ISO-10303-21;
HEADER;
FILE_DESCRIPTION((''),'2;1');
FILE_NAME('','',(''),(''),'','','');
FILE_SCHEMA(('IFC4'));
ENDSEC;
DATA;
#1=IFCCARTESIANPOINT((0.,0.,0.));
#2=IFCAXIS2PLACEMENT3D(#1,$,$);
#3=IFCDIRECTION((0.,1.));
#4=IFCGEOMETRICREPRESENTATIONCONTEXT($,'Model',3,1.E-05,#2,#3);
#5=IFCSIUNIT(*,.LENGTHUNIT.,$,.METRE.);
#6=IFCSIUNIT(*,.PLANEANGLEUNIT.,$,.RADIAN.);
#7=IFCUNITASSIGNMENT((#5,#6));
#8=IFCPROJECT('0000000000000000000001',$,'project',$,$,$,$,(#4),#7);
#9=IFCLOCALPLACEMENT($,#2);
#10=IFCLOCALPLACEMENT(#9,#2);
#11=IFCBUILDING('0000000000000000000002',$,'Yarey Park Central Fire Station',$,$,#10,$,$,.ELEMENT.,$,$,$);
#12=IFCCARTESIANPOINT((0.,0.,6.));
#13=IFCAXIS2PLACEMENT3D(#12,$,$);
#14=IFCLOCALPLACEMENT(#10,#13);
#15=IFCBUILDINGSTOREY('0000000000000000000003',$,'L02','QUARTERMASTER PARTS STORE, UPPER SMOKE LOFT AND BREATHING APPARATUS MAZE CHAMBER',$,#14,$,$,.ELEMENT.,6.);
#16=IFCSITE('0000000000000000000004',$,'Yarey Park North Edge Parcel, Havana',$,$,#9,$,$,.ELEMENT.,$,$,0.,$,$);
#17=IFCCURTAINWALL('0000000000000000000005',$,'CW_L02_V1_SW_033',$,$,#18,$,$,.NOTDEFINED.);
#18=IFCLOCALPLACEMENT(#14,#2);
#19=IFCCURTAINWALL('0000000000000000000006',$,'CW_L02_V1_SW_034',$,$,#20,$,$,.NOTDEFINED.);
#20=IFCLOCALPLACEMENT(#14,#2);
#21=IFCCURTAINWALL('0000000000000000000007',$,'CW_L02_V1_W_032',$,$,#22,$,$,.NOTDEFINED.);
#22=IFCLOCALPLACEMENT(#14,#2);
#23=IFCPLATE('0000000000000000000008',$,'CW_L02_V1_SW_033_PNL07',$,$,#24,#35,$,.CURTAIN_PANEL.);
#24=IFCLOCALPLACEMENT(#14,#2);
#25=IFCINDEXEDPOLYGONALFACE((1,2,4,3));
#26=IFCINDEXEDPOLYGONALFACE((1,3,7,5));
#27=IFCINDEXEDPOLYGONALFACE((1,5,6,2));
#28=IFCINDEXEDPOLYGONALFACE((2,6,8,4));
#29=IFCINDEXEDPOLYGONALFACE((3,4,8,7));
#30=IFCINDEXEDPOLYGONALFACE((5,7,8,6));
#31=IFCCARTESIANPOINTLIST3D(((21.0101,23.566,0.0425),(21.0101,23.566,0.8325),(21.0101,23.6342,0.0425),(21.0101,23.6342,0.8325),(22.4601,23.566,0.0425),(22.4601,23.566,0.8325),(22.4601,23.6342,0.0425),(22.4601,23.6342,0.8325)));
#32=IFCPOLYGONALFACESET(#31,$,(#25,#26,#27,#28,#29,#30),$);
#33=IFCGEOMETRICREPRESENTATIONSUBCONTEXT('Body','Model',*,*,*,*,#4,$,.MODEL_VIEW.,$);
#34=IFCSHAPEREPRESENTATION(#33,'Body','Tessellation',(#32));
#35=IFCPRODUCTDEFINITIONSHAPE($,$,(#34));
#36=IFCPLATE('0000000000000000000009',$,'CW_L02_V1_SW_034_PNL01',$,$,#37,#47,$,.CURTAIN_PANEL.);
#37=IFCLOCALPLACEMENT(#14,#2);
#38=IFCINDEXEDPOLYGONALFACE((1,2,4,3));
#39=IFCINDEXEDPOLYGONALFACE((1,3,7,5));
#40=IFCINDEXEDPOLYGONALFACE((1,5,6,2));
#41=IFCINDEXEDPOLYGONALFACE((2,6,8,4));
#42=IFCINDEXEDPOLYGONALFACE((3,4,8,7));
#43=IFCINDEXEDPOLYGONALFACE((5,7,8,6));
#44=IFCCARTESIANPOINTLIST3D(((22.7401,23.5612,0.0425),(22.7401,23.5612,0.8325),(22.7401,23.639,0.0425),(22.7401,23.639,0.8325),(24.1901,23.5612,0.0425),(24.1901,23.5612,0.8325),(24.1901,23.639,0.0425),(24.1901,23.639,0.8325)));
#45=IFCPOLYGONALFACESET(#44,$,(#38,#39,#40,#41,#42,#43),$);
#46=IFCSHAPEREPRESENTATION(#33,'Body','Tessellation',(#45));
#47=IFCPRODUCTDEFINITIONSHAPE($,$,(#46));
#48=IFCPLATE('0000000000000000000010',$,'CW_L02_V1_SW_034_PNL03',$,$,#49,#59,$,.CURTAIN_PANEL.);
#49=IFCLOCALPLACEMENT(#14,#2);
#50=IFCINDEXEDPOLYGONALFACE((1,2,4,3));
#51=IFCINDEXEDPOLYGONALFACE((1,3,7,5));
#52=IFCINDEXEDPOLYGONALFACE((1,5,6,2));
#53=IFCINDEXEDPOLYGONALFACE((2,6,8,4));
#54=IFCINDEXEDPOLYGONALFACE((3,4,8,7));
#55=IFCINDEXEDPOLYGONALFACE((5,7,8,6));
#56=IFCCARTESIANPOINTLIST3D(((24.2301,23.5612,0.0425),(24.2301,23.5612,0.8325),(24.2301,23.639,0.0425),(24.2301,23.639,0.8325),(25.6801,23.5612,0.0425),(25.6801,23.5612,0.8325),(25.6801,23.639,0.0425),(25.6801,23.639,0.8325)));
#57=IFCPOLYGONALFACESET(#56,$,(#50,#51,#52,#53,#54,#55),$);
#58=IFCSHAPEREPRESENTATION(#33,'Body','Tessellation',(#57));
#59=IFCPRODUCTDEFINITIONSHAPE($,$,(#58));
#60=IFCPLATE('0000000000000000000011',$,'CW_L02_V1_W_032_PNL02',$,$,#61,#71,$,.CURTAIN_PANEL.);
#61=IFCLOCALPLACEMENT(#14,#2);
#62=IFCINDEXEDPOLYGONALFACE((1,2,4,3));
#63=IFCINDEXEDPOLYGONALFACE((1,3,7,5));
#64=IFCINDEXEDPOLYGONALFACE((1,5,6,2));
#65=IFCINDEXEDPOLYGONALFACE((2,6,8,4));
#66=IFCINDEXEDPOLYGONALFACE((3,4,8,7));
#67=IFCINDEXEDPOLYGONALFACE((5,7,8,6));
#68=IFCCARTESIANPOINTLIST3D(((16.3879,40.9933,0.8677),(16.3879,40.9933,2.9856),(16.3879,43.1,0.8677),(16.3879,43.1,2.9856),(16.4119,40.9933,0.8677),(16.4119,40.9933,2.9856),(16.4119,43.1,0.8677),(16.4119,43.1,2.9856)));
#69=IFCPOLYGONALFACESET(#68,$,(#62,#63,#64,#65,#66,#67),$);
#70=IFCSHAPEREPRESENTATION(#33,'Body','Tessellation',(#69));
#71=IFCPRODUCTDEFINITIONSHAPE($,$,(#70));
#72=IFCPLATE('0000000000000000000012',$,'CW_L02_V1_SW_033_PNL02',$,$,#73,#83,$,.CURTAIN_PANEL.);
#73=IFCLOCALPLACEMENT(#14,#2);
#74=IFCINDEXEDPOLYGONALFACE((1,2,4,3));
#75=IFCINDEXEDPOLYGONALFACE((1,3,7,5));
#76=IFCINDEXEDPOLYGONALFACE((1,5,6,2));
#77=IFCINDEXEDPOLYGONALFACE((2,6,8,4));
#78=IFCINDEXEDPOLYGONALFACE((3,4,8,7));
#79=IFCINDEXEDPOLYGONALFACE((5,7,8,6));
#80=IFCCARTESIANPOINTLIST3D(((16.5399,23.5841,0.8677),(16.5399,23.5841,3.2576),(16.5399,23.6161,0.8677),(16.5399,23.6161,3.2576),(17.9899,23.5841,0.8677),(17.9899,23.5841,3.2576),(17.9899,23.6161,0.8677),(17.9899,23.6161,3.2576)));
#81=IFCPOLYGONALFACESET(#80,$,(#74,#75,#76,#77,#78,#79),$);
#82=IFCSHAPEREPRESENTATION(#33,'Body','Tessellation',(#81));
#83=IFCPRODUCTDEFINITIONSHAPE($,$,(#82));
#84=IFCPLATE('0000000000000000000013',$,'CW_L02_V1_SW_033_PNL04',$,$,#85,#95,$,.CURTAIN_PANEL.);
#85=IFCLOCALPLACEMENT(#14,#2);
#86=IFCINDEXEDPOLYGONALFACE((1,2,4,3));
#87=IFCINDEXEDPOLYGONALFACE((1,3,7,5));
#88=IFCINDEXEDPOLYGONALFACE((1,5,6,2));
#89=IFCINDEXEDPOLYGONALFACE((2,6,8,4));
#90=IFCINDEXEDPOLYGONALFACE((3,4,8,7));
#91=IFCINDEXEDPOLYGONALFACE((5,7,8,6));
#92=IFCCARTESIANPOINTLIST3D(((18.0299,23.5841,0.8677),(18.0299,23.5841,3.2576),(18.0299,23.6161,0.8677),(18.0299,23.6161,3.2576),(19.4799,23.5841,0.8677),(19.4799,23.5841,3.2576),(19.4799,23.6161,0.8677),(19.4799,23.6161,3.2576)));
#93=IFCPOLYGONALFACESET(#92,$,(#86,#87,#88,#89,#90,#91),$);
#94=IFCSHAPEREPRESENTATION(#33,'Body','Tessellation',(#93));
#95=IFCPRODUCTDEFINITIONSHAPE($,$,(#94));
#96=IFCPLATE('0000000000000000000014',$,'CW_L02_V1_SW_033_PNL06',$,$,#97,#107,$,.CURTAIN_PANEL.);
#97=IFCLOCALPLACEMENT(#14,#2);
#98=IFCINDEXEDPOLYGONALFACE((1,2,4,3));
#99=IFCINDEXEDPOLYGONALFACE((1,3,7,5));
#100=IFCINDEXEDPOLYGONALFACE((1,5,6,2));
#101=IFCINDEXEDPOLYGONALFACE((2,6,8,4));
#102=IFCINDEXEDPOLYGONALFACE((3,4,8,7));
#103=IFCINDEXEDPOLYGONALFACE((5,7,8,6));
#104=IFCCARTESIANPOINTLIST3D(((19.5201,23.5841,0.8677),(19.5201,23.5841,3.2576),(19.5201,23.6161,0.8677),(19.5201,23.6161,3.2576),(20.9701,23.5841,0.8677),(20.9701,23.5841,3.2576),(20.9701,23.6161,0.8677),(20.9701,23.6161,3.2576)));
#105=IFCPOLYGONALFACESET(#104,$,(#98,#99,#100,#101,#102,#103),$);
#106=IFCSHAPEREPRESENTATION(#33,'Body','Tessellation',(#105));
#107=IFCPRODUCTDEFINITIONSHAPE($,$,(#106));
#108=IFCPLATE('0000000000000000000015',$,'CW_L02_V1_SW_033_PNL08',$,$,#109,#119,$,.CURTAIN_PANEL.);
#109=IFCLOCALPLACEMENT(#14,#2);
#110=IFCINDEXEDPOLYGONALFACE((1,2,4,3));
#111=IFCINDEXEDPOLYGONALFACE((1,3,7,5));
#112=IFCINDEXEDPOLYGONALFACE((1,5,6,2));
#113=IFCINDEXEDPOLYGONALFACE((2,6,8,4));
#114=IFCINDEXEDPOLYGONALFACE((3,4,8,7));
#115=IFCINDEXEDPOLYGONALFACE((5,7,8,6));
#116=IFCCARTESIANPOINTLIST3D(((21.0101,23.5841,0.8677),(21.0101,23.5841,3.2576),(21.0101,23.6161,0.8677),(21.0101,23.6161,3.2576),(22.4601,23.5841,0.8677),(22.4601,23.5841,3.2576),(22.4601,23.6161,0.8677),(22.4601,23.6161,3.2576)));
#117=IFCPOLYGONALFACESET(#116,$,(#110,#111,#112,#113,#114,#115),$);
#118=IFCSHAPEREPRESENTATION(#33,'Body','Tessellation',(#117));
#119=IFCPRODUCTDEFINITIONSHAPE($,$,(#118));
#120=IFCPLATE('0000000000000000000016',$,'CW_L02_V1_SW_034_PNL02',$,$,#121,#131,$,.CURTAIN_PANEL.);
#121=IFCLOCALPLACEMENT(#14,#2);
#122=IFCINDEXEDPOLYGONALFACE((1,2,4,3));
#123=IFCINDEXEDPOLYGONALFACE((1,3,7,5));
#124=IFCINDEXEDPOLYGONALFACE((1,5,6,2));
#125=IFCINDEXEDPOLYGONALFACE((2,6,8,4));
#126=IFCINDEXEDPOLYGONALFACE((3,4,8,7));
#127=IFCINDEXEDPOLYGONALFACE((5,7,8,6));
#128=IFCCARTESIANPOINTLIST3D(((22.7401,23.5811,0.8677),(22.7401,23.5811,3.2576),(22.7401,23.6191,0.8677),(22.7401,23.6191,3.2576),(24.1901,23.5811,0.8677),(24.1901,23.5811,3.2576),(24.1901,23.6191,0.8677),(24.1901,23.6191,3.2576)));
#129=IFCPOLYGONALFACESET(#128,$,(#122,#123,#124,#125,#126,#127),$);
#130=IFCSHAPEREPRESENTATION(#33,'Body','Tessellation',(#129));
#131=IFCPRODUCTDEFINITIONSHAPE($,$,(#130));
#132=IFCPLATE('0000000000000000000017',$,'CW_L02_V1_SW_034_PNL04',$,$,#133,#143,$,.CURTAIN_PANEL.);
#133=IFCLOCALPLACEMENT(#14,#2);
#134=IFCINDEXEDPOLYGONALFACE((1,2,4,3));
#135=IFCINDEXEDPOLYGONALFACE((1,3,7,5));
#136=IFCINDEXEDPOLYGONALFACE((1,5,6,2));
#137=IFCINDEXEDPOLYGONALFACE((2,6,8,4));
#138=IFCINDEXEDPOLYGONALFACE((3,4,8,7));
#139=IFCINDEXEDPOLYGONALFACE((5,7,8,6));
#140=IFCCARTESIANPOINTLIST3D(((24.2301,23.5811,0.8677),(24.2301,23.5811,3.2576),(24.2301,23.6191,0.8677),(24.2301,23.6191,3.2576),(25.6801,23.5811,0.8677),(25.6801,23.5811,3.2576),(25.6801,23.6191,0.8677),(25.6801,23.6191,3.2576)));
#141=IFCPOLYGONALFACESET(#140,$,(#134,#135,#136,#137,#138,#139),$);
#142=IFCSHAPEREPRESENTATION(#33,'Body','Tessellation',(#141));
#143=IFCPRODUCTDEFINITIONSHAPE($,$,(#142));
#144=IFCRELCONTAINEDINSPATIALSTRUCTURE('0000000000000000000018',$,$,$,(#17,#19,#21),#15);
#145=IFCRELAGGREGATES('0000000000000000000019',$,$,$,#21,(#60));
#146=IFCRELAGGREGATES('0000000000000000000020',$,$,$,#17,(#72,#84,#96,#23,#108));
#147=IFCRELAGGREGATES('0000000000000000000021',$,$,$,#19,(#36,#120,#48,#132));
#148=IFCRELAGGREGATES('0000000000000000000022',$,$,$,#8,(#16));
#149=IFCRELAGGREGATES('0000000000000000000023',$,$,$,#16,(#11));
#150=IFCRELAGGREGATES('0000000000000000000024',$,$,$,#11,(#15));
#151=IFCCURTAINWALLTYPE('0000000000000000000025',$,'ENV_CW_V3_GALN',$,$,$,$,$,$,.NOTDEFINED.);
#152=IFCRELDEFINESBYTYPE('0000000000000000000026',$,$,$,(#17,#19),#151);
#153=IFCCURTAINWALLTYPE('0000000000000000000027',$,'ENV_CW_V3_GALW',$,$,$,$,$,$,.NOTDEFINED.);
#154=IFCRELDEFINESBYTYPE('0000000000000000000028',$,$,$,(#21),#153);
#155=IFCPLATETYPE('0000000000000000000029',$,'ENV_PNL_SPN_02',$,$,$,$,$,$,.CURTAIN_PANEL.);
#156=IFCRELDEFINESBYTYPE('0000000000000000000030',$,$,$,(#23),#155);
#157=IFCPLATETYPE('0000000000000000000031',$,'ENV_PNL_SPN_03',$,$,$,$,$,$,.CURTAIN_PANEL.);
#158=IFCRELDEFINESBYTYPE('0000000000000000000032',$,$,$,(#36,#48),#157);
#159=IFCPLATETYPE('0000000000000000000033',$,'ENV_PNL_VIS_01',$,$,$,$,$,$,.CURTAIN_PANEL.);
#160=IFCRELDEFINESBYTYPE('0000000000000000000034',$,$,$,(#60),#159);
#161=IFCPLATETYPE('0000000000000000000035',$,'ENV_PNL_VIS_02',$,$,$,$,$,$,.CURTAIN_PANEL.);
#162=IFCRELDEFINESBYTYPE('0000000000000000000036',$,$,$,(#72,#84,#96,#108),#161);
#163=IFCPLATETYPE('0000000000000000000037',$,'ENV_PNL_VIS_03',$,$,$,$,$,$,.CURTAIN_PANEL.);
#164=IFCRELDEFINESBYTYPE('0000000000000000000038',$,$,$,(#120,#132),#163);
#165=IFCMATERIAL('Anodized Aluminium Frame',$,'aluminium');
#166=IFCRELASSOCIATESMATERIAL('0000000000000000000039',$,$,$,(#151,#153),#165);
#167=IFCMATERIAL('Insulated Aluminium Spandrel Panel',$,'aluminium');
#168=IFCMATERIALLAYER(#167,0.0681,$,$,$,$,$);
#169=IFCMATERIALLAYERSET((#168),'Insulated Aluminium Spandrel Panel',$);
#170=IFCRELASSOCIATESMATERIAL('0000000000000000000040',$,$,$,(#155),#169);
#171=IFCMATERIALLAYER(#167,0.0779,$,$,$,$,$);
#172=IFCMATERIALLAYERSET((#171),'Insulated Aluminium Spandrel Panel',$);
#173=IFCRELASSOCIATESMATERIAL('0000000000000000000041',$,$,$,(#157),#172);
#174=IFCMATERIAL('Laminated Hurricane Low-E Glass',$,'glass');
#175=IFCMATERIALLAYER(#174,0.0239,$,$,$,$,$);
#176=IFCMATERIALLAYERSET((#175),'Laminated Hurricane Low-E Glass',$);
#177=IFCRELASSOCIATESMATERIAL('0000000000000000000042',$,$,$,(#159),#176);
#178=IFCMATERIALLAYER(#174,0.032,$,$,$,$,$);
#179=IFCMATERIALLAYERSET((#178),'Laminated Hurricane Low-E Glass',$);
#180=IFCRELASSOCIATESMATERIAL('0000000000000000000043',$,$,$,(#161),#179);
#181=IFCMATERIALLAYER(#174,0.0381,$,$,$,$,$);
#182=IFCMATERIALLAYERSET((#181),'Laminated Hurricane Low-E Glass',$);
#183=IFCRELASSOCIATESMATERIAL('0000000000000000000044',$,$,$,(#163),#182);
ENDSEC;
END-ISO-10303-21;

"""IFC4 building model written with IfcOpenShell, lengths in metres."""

from ifc_helpers import new_model, si_unit, direction, frame, origin, origin_2d, place, context, subcontext, project, spatial, rectangle, extrude, material, layer, layer_set, type_object, element, aggregate, save


model = new_model("IFC4")

# Units and contexts
model_context = context("Model", 3, precision=1e-05, world=origin(), true_north=direction((0.0, 1.0)))
body_context = subcontext(model_context, "Body", "Model", "MODEL_VIEW")
ifc_project = project(units=[si_unit("LENGTHUNIT", "METRE"), si_unit("PLANEANGLEUNIT", "RADIAN")], contexts=[model_context])

# Site, building, storey
site_placement = place(None, origin())
site = spatial("IfcSite", under=ifc_project, at=site_placement, Name="Yarey Park North Edge Parcel, Havana", CompositionType="ELEMENT", RefElevation=0.0)
building_placement = place(site_placement, origin())
building = spatial("IfcBuilding", under=site, at=building_placement, Name="Yarey Park Central Fire Station", CompositionType="ELEMENT")
storey_placement = place(building_placement, frame((0.0, 0.0, 6.0)))
storey = spatial("IfcBuildingStorey", under=building, at=storey_placement, Name="L02", Description="QUARTERMASTER PARTS STORE, UPPER SMOKE LOFT AND BREATHING APPARATUS MAZE CHAMBER", CompositionType="ELEMENT", Elevation=6.0)

# Curtain walls
ifc_material_1 = material(Name="Anodized Aluminium Frame", Category="aluminium")
curtain_wall_type_1 = type_object("IfcCurtainWallType", Name="ENV_CW_V3_GALN", PredefinedType="NOTDEFINED", material=ifc_material_1)
curtain_wall_1_placement = place(storey_placement, origin())
curtain_wall_1 = element("IfcCurtainWall", 1, at=curtain_wall_1_placement, inside=storey, type_object=curtain_wall_type_1, Name="CW_L02_V1_SW_033", PredefinedType="NOTDEFINED")
curtain_wall_2_placement = place(storey_placement, origin())
curtain_wall_2 = element("IfcCurtainWall", 2, at=curtain_wall_2_placement, inside=storey, type_object=curtain_wall_type_1, Name="CW_L02_V1_SW_034", PredefinedType="NOTDEFINED")

# Curtain wall
curtain_wall_type_2 = type_object("IfcCurtainWallType", Name="ENV_CW_V3_GALW", PredefinedType="NOTDEFINED", material=ifc_material_1)
curtain_wall_3_placement = place(storey_placement, origin())
curtain_wall_3 = element("IfcCurtainWall", 3, at=curtain_wall_3_placement, inside=storey, type_object=curtain_wall_type_2, Name="CW_L02_V1_W_032", PredefinedType="NOTDEFINED")
ifc_material_2 = material(Name="Insulated Aluminium Spandrel Panel", Category="aluminium")

# Plates
ifc_layer_1 = layer(ifc_material_2, 0.0681)
ifc_layer_set_1 = layer_set([ifc_layer_1], Name="Insulated Aluminium Spandrel Panel")
plate_type_1 = type_object("IfcPlateType", Name="ENV_PNL_SPN_02", PredefinedType="CURTAIN_PANEL", material=ifc_layer_set_1)
plate_1_placement = place(storey_placement, frame((21.7351, 23.6001, 0.0425), z_axis=(0.0, 0.0, 1.0), x_axis=(1.0, 0.0, 0.0)))
plate_1 = element("IfcPlate", 4, at=plate_1_placement, type_object=plate_type_1, Name="CW_L02_V1_SW_033_PNL07", PredefinedType="CURTAIN_PANEL", context=body_context, shape_type="SweptSolid", body=[
    extrude(rectangle(XDim=1.45, YDim=0.0681, at=origin_2d()), origin(), (0.0, 0.0, 1.0), 0.79),
])
ifc_layer_2 = layer(ifc_material_2, 0.0779)
ifc_layer_set_2 = layer_set([ifc_layer_2], Name="Insulated Aluminium Spandrel Panel")
plate_type_2 = type_object("IfcPlateType", Name="ENV_PNL_SPN_03", PredefinedType="CURTAIN_PANEL", material=ifc_layer_set_2)
plate_2_placement = place(storey_placement, frame((23.4651, 23.6001, 0.0425), z_axis=(0.0, 0.0, 1.0), x_axis=(1.0, 0.0, 0.0)))
plate_2 = element("IfcPlate", 5, at=plate_2_placement, type_object=plate_type_2, Name="CW_L02_V1_SW_034_PNL01", PredefinedType="CURTAIN_PANEL", context=body_context, shape_type="SweptSolid", body=[
    extrude(rectangle(XDim=1.45, YDim=0.0779, at=origin_2d()), origin(), (0.0, 0.0, 1.0), 0.79),
])
plate_3_placement = place(storey_placement, frame((24.9551, 23.6001, 0.0425), z_axis=(0.0, 0.0, 1.0), x_axis=(1.0, 0.0, 0.0)))
plate_3 = element("IfcPlate", 6, at=plate_3_placement, type_object=plate_type_2, Name="CW_L02_V1_SW_034_PNL03", PredefinedType="CURTAIN_PANEL", context=body_context, shape_type="SweptSolid", body=[
    extrude(rectangle(XDim=1.45, YDim=0.0779, at=origin_2d()), origin(), (0.0, 0.0, 1.0), 0.79),
])
ifc_material_3 = material(Name="Laminated Hurricane Low-E Glass", Category="glass")
ifc_layer_3 = layer(ifc_material_3, 0.0239)
ifc_layer_set_3 = layer_set([ifc_layer_3], Name="Laminated Hurricane Low-E Glass")
plate_type_3 = type_object("IfcPlateType", Name="ENV_PNL_VIS_01", PredefinedType="CURTAIN_PANEL", material=ifc_layer_set_3)
plate_4_placement = place(storey_placement, frame((16.3999, 42.0466, 0.8677), z_axis=(0.0, 0.0, 1.0), x_axis=(0.0, -1.0, 0.0)))
plate_4 = element("IfcPlate", 7, at=plate_4_placement, type_object=plate_type_3, Name="CW_L02_V1_W_032_PNL02", PredefinedType="CURTAIN_PANEL", context=body_context, shape_type="SweptSolid", body=[
    extrude(rectangle(XDim=2.1067, YDim=0.0239, at=origin_2d()), origin(), (0.0, 0.0, 1.0), 2.1179),
])
aggregate(curtain_wall_3, [plate_4])
ifc_layer_4 = layer(ifc_material_3, 0.032)
ifc_layer_set_4 = layer_set([ifc_layer_4], Name="Laminated Hurricane Low-E Glass")
plate_type_4 = type_object("IfcPlateType", Name="ENV_PNL_VIS_02", PredefinedType="CURTAIN_PANEL", material=ifc_layer_set_4)
plate_5_placement = place(storey_placement, frame((17.2649, 23.6001, 0.8677), z_axis=(0.0, 0.0, 1.0), x_axis=(1.0, 0.0, 0.0)))
plate_5 = element("IfcPlate", 8, at=plate_5_placement, type_object=plate_type_4, Name="CW_L02_V1_SW_033_PNL02", PredefinedType="CURTAIN_PANEL", context=body_context, shape_type="SweptSolid", body=[
    extrude(rectangle(XDim=1.45, YDim=0.032, at=origin_2d()), origin(), (0.0, 0.0, 1.0), 2.3899),
])
plate_6_placement = place(storey_placement, frame((18.7549, 23.6001, 0.8677), z_axis=(0.0, 0.0, 1.0), x_axis=(1.0, 0.0, 0.0)))
plate_6 = element("IfcPlate", 9, at=plate_6_placement, type_object=plate_type_4, Name="CW_L02_V1_SW_033_PNL04", PredefinedType="CURTAIN_PANEL", context=body_context, shape_type="SweptSolid", body=[
    extrude(rectangle(XDim=1.45, YDim=0.032, at=origin_2d()), origin(), (0.0, 0.0, 1.0), 2.3899),
])
plate_7_placement = place(storey_placement, frame((20.2451, 23.6001, 0.8677), z_axis=(0.0, 0.0, 1.0), x_axis=(1.0, 0.0, 0.0)))
plate_7 = element("IfcPlate", 10, at=plate_7_placement, type_object=plate_type_4, Name="CW_L02_V1_SW_033_PNL06", PredefinedType="CURTAIN_PANEL", context=body_context, shape_type="SweptSolid", body=[
    extrude(rectangle(XDim=1.45, YDim=0.032, at=origin_2d()), origin(), (0.0, 0.0, 1.0), 2.3899),
])
plate_8_placement = place(storey_placement, frame((21.7351, 23.6001, 0.8677), z_axis=(0.0, 0.0, 1.0), x_axis=(1.0, 0.0, 0.0)))
plate_8 = element("IfcPlate", 11, at=plate_8_placement, type_object=plate_type_4, Name="CW_L02_V1_SW_033_PNL08", PredefinedType="CURTAIN_PANEL", context=body_context, shape_type="SweptSolid", body=[
    extrude(rectangle(XDim=1.45, YDim=0.032, at=origin_2d()), origin(), (0.0, 0.0, 1.0), 2.3899),
])
aggregate(curtain_wall_1, [plate_5, plate_6, plate_7, plate_1, plate_8])
ifc_layer_5 = layer(ifc_material_3, 0.0381)
ifc_layer_set_5 = layer_set([ifc_layer_5], Name="Laminated Hurricane Low-E Glass")
plate_type_5 = type_object("IfcPlateType", Name="ENV_PNL_VIS_03", PredefinedType="CURTAIN_PANEL", material=ifc_layer_set_5)
plate_9_placement = place(storey_placement, frame((23.4651, 23.6001, 0.8677), z_axis=(0.0, 0.0, 1.0), x_axis=(1.0, 0.0, 0.0)))
plate_9 = element("IfcPlate", 12, at=plate_9_placement, type_object=plate_type_5, Name="CW_L02_V1_SW_034_PNL02", PredefinedType="CURTAIN_PANEL", context=body_context, shape_type="SweptSolid", body=[
    extrude(rectangle(XDim=1.45, YDim=0.0381, at=origin_2d()), origin(), (0.0, 0.0, 1.0), 2.3899),
])
plate_10_placement = place(storey_placement, frame((24.9551, 23.6001, 0.8677), z_axis=(0.0, 0.0, 1.0), x_axis=(1.0, 0.0, 0.0)))
plate_10 = element("IfcPlate", 13, at=plate_10_placement, type_object=plate_type_5, Name="CW_L02_V1_SW_034_PNL04", PredefinedType="CURTAIN_PANEL", context=body_context, shape_type="SweptSolid", body=[
    extrude(rectangle(XDim=1.45, YDim=0.0381, at=origin_2d()), origin(), (0.0, 0.0, 1.0), 2.3899),
])
aggregate(curtain_wall_2, [plate_2, plate_9, plate_3, plate_10])

save(model, "model.ifc")
